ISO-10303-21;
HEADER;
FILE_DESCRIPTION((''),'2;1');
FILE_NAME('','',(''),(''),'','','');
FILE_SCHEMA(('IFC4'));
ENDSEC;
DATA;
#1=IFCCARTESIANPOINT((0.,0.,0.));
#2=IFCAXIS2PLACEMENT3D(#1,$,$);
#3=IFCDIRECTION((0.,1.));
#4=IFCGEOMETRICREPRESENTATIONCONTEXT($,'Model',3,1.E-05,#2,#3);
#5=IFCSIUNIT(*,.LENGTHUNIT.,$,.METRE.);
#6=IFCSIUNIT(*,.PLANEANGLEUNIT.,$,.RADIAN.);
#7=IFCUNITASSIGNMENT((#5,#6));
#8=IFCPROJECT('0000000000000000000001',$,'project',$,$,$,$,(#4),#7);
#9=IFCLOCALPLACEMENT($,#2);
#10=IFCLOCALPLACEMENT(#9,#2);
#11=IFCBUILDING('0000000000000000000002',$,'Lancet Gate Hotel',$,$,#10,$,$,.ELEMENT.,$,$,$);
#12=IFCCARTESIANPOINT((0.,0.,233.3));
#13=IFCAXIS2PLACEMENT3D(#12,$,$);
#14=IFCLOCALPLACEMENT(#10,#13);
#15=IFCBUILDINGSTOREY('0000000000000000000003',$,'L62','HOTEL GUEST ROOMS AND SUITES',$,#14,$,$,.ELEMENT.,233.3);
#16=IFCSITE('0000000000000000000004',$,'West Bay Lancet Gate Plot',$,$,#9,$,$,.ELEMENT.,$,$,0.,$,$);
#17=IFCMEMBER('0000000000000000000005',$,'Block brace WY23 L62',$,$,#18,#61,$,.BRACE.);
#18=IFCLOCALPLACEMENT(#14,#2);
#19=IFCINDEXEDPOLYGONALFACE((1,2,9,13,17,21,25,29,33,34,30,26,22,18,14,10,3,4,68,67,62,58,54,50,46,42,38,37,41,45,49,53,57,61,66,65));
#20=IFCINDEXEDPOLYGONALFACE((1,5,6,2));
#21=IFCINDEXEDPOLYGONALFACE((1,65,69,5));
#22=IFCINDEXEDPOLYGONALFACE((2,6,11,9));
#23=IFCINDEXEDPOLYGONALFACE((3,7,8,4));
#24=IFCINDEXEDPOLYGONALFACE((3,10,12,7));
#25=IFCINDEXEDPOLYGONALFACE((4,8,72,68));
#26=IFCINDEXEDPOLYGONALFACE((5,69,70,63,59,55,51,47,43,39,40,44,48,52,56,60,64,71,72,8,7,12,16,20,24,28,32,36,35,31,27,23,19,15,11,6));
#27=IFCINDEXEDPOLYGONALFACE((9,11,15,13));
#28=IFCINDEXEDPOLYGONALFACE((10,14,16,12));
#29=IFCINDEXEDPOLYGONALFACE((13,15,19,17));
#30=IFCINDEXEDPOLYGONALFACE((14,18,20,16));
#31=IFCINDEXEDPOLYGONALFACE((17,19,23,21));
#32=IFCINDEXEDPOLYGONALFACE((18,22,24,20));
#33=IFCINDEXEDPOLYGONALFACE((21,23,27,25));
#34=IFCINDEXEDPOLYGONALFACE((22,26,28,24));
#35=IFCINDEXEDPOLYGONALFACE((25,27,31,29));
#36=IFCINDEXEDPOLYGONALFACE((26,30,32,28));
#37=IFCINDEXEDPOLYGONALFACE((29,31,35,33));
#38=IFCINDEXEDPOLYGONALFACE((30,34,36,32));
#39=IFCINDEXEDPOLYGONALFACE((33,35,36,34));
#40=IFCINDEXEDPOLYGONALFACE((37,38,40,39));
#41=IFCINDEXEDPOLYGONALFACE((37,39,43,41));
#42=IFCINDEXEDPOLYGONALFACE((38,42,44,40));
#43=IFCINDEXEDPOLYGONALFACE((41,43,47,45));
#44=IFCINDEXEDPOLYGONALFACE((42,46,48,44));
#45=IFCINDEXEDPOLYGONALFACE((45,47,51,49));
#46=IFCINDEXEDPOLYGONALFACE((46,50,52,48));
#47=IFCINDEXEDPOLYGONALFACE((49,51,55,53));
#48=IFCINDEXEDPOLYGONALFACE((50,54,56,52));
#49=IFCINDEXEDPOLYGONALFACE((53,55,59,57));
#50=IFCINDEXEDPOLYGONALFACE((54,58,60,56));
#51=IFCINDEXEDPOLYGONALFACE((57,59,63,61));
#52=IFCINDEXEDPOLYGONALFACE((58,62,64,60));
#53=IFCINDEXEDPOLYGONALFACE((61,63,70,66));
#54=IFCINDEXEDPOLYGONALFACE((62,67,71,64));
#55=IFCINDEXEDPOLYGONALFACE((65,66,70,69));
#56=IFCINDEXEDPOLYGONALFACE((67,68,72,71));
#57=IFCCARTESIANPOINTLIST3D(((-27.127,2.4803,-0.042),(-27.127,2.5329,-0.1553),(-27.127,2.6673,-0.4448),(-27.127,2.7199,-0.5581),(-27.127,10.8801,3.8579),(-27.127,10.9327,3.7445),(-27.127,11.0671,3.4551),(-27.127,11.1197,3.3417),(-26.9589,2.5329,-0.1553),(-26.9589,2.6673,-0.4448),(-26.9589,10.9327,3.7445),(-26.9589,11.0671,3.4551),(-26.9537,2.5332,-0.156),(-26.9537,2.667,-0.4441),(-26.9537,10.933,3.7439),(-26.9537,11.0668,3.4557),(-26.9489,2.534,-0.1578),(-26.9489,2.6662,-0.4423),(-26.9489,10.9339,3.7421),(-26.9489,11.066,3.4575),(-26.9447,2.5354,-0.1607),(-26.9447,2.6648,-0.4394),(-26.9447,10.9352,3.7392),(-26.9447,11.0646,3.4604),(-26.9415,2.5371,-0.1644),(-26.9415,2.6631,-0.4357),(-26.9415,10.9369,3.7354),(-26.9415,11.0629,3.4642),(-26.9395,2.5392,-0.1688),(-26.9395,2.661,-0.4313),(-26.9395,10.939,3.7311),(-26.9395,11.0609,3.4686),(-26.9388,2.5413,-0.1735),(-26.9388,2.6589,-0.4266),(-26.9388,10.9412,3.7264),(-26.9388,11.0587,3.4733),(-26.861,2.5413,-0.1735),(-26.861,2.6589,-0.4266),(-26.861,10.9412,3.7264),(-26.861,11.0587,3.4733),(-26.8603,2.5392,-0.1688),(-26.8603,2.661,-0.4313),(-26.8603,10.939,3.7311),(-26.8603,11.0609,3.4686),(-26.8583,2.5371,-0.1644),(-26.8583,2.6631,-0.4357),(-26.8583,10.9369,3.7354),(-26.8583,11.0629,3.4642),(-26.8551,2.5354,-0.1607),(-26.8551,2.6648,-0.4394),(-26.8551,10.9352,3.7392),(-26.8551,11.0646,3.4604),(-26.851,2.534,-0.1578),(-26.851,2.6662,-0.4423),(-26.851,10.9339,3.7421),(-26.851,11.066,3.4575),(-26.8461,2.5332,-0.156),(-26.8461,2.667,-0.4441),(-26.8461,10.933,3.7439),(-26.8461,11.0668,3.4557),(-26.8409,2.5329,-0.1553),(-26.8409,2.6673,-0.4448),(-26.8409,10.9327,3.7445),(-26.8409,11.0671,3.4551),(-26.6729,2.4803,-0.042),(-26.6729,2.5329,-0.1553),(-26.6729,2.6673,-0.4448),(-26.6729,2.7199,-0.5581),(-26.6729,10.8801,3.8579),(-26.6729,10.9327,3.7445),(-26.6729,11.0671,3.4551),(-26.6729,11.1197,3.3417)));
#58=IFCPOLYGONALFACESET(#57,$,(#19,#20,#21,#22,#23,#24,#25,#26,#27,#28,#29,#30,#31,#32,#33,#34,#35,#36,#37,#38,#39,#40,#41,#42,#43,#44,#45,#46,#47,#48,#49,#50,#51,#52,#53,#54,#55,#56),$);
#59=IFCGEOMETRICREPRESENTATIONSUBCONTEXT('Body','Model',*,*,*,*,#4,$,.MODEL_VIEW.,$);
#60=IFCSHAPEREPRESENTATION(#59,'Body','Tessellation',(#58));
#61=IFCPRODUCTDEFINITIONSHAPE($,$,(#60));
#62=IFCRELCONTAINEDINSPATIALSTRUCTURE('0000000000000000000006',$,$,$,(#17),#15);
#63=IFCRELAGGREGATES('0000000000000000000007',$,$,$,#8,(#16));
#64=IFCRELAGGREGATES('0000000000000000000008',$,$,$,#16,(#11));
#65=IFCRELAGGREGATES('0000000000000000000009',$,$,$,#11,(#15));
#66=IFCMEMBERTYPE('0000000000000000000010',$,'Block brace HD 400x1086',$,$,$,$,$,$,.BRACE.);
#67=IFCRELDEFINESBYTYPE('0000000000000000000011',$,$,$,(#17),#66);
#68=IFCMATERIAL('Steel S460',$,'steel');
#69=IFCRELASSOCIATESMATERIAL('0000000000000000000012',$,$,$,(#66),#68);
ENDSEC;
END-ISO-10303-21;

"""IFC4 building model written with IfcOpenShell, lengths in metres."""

from ifc_helpers import new_model, si_unit, direction, frame, origin, origin_2d, place, context, subcontext, project, spatial, i_section, extrude, material, material_profile, profile_set, type_object, element, save


model = new_model("IFC4")

# Units and contexts
model_context = context("Model", 3, precision=1e-05, world=origin(), true_north=direction((0.0, 1.0)))
body_context = subcontext(model_context, "Body", "Model", "MODEL_VIEW")
ifc_project = project(units=[si_unit("LENGTHUNIT", "METRE"), si_unit("PLANEANGLEUNIT", "RADIAN")], contexts=[model_context])

# Site, building, storey
site_placement = place(None, origin())
site = spatial("IfcSite", under=ifc_project, at=site_placement, Name="West Bay Lancet Gate Plot", CompositionType="ELEMENT", RefElevation=0.0)
building_placement = place(site_placement, origin())
building = spatial("IfcBuilding", under=site, at=building_placement, Name="Lancet Gate Hotel", CompositionType="ELEMENT")
storey_placement = place(building_placement, frame((0.0, 0.0, 233.3)))
storey = spatial("IfcBuildingStorey", under=building, at=storey_placement, Name="L62", Description="HOTEL GUEST ROOMS AND SUITES", CompositionType="ELEMENT", Elevation=233.3)

# Member
ifc_material_1 = material(Name="Steel S460", Category="steel")
ifc_material_profile_1 = material_profile(ifc_material_1, i_section(OverallWidth=0.4541, OverallDepth=0.5691, WebThickness=0.0779, FlangeThickness=0.125, FilletRadius=0.02, at=origin_2d()), Name="HD 400x1086")
ifc_profile_set_1 = profile_set([ifc_material_profile_1], Name="Steel S460")
member_type = type_object("IfcMemberType", Name="Block brace HD 400x1086", PredefinedType="BRACE", material=ifc_profile_set_1)
member_1_placement = place(storey_placement, frame((-26.8999, 2.6001, -0.3), z_axis=(0.0, 0.907011, 0.421107), x_axis=(-1.0, 0.0, 0.0)))
element("IfcMember", 1, at=member_1_placement, inside=storey, type_object=member_type, Name="Block brace WY23 L62", PredefinedType="BRACE", context=body_context, shape_type="SweptSolid", body=[
    extrude(i_section(OverallWidth=0.4541, OverallDepth=0.5691, WebThickness=0.0779, FlangeThickness=0.125, FilletRadius=0.02, at=origin_2d()), origin(), (0.0, 0.0, 1.0), 9.261),
])

save(model, "model.ifc")
